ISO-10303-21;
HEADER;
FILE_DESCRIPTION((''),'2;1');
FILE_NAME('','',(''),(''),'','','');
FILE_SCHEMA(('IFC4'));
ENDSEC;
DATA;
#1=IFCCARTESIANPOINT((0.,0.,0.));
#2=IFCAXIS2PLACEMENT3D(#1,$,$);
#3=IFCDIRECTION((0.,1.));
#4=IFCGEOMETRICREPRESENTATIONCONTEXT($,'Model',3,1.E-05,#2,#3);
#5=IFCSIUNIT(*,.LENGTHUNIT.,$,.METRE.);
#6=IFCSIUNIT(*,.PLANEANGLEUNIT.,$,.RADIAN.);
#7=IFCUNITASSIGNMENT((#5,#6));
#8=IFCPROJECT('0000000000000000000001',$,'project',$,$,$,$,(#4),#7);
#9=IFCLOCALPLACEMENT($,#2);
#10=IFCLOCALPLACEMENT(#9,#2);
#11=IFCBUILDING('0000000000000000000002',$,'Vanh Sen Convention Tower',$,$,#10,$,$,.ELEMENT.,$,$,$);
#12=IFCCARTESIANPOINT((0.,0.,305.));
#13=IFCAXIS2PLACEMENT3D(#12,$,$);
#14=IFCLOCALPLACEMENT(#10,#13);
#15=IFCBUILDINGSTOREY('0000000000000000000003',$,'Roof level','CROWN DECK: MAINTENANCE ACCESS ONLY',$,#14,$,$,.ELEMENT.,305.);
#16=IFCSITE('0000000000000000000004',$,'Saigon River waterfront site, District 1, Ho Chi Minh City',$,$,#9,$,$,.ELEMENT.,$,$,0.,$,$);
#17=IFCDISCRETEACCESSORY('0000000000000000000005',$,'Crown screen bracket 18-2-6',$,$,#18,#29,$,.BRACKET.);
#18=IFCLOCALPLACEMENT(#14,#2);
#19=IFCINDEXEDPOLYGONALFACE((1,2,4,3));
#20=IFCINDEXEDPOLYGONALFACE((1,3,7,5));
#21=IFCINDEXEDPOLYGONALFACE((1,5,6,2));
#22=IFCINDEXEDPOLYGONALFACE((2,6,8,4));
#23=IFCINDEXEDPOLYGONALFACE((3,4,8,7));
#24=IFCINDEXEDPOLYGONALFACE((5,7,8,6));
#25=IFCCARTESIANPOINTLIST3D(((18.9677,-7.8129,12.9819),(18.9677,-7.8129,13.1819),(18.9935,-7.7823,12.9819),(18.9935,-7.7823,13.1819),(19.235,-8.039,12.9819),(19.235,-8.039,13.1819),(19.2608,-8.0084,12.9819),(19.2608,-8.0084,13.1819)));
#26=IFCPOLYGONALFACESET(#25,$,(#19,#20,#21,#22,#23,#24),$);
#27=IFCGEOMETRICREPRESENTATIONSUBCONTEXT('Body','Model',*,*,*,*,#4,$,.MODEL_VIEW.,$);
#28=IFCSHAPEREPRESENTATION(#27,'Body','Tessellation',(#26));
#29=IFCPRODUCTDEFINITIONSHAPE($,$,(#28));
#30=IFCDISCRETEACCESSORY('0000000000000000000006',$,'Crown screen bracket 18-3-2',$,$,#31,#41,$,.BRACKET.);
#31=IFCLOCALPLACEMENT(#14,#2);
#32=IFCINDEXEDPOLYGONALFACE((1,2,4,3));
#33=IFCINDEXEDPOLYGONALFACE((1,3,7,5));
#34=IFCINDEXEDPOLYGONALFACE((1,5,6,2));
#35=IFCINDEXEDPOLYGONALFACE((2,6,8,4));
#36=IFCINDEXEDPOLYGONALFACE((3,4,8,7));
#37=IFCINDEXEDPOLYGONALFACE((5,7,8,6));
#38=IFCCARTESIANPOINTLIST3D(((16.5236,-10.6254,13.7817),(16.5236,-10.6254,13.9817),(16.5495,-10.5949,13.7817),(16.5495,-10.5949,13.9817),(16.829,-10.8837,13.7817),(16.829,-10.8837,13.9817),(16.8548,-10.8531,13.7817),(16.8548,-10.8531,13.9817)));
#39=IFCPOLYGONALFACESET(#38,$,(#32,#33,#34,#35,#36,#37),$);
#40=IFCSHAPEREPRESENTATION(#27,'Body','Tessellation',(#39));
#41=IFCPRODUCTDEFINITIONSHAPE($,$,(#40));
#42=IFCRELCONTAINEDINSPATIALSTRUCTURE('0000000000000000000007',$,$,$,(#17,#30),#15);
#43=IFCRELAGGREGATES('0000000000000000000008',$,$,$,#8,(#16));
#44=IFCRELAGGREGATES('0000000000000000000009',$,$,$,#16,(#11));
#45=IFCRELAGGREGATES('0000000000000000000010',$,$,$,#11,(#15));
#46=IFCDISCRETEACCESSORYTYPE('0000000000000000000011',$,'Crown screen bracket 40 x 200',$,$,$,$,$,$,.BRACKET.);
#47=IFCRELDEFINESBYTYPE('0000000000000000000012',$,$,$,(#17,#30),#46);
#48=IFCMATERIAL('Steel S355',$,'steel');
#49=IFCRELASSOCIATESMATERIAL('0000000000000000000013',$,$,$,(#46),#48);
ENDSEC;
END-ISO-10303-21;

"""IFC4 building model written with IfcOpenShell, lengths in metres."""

from ifc_helpers import new_model, si_unit, direction, frame, origin, origin_2d, place, context, subcontext, project, spatial, rectangle, extrude, material, type_object, element, save


model = new_model("IFC4")

# Units and contexts
model_context = context("Model", 3, precision=1e-05, world=origin(), true_north=direction((0.0, 1.0)))
body_context = subcontext(model_context, "Body", "Model", "MODEL_VIEW")
ifc_project = project(units=[si_unit("LENGTHUNIT", "METRE"), si_unit("PLANEANGLEUNIT", "RADIAN")], contexts=[model_context])

# Site, building, storey
site_placement = place(None, origin())
site = spatial("IfcSite", under=ifc_project, at=site_placement, Name="Saigon River waterfront site, District 1, Ho Chi Minh City", CompositionType="ELEMENT", RefElevation=0.0)
building_placement = place(site_placement, origin())
building = spatial("IfcBuilding", under=site, at=building_placement, Name="Vanh Sen Convention Tower", CompositionType="ELEMENT")
storey_placement = place(building_placement, frame((0.0, 0.0, 305.0)))
storey = spatial("IfcBuildingStorey", under=building, at=storey_placement, Name="Roof level", Description="CROWN DECK: MAINTENANCE ACCESS ONLY", CompositionType="ELEMENT", Elevation=305.0)

# Discrete accessories
ifc_material_1 = material(Name="Steel S355", Category="steel")
discrete_accessory_type_1 = type_object("IfcDiscreteAccessoryType", Name="Crown screen bracket 40 x 200", PredefinedType="BRACKET", material=ifc_material_1)
discrete_accessory_1_placement = place(storey_placement, frame((19.1143, -7.9106, 12.9819), z_axis=(0.0, 0.0, 1.0), x_axis=(0.763535, -0.645767, 0.0)))
element("IfcDiscreteAccessory", 1, at=discrete_accessory_1_placement, inside=storey, type_object=discrete_accessory_type_1, Name="Crown screen bracket 18-2-6", PredefinedType="BRACKET", context=body_context, shape_type="SweptSolid", body=[
    extrude(rectangle(XDim=0.3501, YDim=0.04, at=origin_2d()), origin(), (0.0, 0.0, 1.0), 0.2),
])
discrete_accessory_2_placement = place(storey_placement, frame((16.6892, -10.7393, 13.7817), z_axis=(0.0, 0.0, 1.0), x_axis=(0.763535, -0.645767, 0.0)))
element("IfcDiscreteAccessory", 2, at=discrete_accessory_2_placement, inside=storey, type_object=discrete_accessory_type_1, Name="Crown screen bracket 18-3-2", PredefinedType="BRACKET", context=body_context, shape_type="SweptSolid", body=[
    extrude(rectangle(XDim=0.3999, YDim=0.04, at=origin_2d()), origin(), (0.0, 0.0, 1.0), 0.2),
])

save(model, "model.ifc")
